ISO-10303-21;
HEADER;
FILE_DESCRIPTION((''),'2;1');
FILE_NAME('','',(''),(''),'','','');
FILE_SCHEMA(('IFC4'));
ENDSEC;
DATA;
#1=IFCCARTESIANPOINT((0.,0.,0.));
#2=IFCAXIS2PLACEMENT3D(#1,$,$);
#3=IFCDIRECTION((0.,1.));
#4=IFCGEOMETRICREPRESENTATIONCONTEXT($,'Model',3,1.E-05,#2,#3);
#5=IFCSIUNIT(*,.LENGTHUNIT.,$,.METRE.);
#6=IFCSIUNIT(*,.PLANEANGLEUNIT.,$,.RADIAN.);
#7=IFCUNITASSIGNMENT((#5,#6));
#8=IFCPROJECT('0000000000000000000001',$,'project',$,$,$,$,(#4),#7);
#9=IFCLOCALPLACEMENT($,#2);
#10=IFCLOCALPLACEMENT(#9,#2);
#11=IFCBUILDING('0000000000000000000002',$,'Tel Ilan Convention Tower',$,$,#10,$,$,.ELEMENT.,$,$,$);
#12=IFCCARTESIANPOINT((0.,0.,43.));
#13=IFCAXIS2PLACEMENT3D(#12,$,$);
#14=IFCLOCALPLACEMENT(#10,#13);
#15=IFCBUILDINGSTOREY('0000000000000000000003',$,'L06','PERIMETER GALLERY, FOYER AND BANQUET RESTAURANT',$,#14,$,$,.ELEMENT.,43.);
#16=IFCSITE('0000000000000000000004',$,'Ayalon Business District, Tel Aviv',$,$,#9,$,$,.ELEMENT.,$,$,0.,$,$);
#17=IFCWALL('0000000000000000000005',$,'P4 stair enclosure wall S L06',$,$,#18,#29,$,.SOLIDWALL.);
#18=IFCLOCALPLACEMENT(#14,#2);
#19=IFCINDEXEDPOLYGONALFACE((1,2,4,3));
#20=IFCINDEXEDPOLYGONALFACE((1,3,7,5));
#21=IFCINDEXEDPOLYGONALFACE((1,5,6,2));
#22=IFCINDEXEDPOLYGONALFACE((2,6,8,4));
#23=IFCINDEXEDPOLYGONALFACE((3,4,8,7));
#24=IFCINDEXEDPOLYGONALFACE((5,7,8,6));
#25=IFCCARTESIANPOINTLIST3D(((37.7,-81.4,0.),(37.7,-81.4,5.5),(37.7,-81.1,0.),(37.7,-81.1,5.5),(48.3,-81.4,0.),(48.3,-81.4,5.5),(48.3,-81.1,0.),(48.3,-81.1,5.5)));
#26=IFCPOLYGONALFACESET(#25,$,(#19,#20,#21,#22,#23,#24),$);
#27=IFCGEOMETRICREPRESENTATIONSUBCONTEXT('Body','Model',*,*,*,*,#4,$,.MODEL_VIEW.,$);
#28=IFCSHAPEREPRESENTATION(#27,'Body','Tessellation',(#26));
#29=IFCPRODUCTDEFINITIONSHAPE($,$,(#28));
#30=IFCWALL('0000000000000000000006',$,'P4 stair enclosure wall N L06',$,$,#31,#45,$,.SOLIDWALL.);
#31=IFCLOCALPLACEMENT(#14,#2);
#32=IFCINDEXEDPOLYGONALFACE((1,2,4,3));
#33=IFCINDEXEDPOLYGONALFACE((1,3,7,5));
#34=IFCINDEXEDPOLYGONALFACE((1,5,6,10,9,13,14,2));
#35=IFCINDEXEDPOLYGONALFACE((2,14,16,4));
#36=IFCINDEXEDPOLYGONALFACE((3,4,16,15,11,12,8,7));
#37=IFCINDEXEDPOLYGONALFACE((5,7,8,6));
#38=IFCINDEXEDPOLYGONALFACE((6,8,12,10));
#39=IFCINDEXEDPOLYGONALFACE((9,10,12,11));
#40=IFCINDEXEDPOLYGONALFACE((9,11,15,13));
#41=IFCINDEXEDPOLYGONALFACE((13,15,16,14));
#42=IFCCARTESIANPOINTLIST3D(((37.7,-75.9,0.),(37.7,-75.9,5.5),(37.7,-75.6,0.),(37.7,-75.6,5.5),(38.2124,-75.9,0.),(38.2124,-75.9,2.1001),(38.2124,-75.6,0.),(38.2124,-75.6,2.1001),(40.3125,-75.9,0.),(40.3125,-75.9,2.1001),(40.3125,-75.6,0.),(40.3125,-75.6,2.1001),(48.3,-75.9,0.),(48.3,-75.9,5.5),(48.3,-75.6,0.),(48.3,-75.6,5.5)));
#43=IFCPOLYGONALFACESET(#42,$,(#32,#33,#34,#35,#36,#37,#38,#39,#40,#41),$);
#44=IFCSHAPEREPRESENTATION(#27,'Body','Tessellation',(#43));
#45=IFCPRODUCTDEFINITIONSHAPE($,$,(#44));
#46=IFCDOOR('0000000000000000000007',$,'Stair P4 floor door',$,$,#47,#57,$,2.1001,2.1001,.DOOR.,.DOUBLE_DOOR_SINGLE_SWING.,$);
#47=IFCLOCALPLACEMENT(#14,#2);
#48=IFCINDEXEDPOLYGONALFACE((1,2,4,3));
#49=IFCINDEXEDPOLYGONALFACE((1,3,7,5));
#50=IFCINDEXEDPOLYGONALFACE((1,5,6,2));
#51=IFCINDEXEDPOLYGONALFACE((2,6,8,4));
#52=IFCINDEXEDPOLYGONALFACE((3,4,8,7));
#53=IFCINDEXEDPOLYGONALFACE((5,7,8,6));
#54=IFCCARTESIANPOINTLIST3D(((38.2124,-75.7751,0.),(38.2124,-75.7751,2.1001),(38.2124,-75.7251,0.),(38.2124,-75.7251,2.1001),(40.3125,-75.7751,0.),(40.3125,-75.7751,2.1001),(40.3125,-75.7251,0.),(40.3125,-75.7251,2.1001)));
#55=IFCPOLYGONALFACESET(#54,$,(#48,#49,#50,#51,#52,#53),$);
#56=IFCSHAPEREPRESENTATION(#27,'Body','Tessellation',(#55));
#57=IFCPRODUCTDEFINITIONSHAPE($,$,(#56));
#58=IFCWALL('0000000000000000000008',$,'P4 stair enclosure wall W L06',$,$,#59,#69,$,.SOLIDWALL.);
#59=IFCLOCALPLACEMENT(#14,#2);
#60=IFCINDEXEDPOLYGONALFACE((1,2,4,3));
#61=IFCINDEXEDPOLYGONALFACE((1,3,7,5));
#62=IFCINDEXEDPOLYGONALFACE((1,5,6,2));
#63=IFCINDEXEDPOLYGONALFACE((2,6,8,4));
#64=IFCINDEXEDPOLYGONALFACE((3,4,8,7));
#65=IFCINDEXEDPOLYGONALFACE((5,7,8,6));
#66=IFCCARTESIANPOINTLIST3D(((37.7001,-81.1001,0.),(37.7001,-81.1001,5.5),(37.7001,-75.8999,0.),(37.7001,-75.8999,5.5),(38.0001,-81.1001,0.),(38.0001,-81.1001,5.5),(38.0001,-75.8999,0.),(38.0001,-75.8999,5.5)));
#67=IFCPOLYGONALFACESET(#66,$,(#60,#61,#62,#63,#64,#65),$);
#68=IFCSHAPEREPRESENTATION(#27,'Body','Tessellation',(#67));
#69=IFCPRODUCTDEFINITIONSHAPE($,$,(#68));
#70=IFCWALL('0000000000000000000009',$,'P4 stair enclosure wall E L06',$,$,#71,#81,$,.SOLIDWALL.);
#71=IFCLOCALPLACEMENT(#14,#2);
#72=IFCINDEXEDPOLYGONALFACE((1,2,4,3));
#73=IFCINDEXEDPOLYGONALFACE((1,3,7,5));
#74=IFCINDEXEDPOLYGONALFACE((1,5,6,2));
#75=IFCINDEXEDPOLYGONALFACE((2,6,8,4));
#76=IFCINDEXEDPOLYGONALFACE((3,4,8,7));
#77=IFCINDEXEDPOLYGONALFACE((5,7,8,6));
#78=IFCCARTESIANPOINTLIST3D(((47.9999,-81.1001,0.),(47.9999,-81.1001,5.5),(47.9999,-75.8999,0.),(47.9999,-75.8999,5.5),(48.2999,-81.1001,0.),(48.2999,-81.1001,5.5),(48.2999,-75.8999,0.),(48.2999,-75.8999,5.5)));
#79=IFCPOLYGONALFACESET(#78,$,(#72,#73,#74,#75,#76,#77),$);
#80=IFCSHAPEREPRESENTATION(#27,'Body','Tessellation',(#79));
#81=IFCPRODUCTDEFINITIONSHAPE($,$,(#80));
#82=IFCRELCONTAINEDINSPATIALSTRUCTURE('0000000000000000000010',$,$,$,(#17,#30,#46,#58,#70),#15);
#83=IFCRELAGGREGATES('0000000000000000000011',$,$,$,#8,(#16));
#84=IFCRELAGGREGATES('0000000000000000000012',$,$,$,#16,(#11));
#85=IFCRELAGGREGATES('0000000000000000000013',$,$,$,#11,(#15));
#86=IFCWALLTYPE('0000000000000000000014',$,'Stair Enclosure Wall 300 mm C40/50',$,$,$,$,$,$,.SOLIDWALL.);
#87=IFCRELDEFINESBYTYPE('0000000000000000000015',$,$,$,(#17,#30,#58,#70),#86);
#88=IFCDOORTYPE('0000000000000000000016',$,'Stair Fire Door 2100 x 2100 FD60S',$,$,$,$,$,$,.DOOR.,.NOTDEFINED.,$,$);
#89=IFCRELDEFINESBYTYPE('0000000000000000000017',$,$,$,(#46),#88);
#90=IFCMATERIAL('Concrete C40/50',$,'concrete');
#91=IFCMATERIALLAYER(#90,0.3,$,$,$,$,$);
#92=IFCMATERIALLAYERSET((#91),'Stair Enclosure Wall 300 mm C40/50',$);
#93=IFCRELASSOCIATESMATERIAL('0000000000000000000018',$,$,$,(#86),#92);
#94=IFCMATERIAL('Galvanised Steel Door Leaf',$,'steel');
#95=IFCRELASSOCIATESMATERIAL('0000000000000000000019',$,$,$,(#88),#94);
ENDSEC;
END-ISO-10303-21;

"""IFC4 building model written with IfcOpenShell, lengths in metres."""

from ifc_helpers import new_model, si_unit, direction, frame, frame_2d, origin, place, context, subcontext, project, spatial, rectangle, extrude, material, layer, layer_set, type_object, element, fill, save


model = new_model("IFC4")

# Units and contexts
model_context = context("Model", 3, precision=1e-05, world=origin(), true_north=direction((0.0, 1.0)))
body_context = subcontext(model_context, "Body", "Model", "MODEL_VIEW")
ifc_project = project(units=[si_unit("LENGTHUNIT", "METRE"), si_unit("PLANEANGLEUNIT", "RADIAN")], contexts=[model_context])

# Site, building, storey
site_placement = place(None, origin())
site = spatial("IfcSite", under=ifc_project, at=site_placement, Name="Ayalon Business District, Tel Aviv", CompositionType="ELEMENT", RefElevation=0.0)
building_placement = place(site_placement, origin())
building = spatial("IfcBuilding", under=site, at=building_placement, Name="Tel Ilan Convention Tower", CompositionType="ELEMENT")
storey_placement = place(building_placement, frame((0.0, 0.0, 43.0)))
storey = spatial("IfcBuildingStorey", under=building, at=storey_placement, Name="L06", Description="PERIMETER GALLERY, FOYER AND BANQUET RESTAURANT", CompositionType="ELEMENT", Elevation=43.0)

# Wall
ifc_material_1 = material(Name="Concrete C40/50", Category="concrete")
ifc_layer_1 = layer(ifc_material_1, 0.3)
ifc_layer_set_1 = layer_set([ifc_layer_1], Name="Stair Enclosure Wall 300 mm C40/50")
wall_type_1 = type_object("IfcWallType", Name="Stair Enclosure Wall 300 mm C40/50", PredefinedType="SOLIDWALL", material=ifc_layer_set_1)
wall_1_placement = place(storey_placement, frame((37.7, -81.25, 0.0), z_axis=(0.0, 0.0, 1.0), x_axis=(1.0, 0.0, 0.0)))
element("IfcWall", 1, at=wall_1_placement, inside=storey, type_object=wall_type_1, Name="P4 stair enclosure wall S L06", PredefinedType="SOLIDWALL", context=body_context, shape_type="SweptSolid", body=[
    extrude(rectangle(XDim=10.6001, YDim=0.3, at=frame_2d((5.3, 0.0))), origin(), (0.0, 0.0, 1.0), 5.5),
])

# Wall, opening, door
wall_2_placement = place(storey_placement, frame((37.7, -75.75, 0.0), z_axis=(0.0, 0.0, 1.0), x_axis=(1.0, 0.0, 0.0)))
wall_2 = element("IfcWall", 2, at=wall_2_placement, inside=storey, type_object=wall_type_1, Name="P4 stair enclosure wall N L06", PredefinedType="SOLIDWALL", context=body_context, shape_type="SweptSolid", body=[
    extrude(rectangle(XDim=10.6001, YDim=0.3, at=frame_2d((5.3, 0.0))), origin(), (0.0, 0.0, 1.0), 5.5),
])
opening_1_placement = place(wall_2_placement, frame((0.5125, 0.0, 0.0)))
opening_1 = element("IfcOpeningElement", 3, at=opening_1_placement, cuts=wall_2, PredefinedType="OPENING", context=body_context, shape_type="SweptSolid", body=[
    extrude(rectangle(XDim=2.1001, YDim=2.1001, at=frame_2d((1.05, 1.05))), frame((0.0, 0.1599, 0.0), z_axis=(0.0, -1.0, 0.0), x_axis=(1.0, 0.0, 0.0)), (0.0, 0.0, 1.0), 0.3201),
])
ifc_material_2 = material(Name="Galvanised Steel Door Leaf", Category="steel")
door_type = type_object("IfcDoorType", Name="Stair Fire Door 2100 x 2100 FD60S", OperationType="NOTDEFINED", PredefinedType="DOOR", material=ifc_material_2)
door_placement = place(opening_1_placement, origin())
door = element("IfcDoor", 4, at=door_placement, inside=storey, type_object=door_type, Name="Stair P4 floor door", OperationType="DOUBLE_DOOR_SINGLE_SWING", OverallHeight=2.1001, OverallWidth=2.1001, PredefinedType="DOOR", context=body_context, shape_type="SweptSolid", body=[
    extrude(rectangle(XDim=2.1001, YDim=2.1001, at=frame_2d((1.05, 1.05))), frame((0.0, 0.0249, 0.0), z_axis=(0.0, -1.0, 0.0), x_axis=(1.0, 0.0, 0.0)), (0.0, 0.0, 1.0), 0.05),
])
fill(opening_1, door)

# Walls
for number, where, z_axis, x_axis, name in (
    (5, (37.8501, -81.1001, 0.0), (0.0, 0.0, 1.0), (0.0, 1.0, 0.0), "P4 stair enclosure wall W L06"),
    (6, (48.1499, -81.1001, 0.0), (0.0, 0.0, 1.0), (0.0, 1.0, 0.0), "P4 stair enclosure wall E L06"),
):
    element("IfcWall", number, at=place(storey_placement, frame(where, z_axis=z_axis, x_axis=x_axis)), inside=storey, type_object=wall_type_1, Name=name, PredefinedType="SOLIDWALL", context=body_context, shape_type="SweptSolid", body=[
        extrude(rectangle(XDim=5.2002, YDim=0.3, at=frame_2d((2.6001, 0.0))), origin(), (0.0, 0.0, 1.0), 5.5),
    ])

save(model, "model.ifc")
